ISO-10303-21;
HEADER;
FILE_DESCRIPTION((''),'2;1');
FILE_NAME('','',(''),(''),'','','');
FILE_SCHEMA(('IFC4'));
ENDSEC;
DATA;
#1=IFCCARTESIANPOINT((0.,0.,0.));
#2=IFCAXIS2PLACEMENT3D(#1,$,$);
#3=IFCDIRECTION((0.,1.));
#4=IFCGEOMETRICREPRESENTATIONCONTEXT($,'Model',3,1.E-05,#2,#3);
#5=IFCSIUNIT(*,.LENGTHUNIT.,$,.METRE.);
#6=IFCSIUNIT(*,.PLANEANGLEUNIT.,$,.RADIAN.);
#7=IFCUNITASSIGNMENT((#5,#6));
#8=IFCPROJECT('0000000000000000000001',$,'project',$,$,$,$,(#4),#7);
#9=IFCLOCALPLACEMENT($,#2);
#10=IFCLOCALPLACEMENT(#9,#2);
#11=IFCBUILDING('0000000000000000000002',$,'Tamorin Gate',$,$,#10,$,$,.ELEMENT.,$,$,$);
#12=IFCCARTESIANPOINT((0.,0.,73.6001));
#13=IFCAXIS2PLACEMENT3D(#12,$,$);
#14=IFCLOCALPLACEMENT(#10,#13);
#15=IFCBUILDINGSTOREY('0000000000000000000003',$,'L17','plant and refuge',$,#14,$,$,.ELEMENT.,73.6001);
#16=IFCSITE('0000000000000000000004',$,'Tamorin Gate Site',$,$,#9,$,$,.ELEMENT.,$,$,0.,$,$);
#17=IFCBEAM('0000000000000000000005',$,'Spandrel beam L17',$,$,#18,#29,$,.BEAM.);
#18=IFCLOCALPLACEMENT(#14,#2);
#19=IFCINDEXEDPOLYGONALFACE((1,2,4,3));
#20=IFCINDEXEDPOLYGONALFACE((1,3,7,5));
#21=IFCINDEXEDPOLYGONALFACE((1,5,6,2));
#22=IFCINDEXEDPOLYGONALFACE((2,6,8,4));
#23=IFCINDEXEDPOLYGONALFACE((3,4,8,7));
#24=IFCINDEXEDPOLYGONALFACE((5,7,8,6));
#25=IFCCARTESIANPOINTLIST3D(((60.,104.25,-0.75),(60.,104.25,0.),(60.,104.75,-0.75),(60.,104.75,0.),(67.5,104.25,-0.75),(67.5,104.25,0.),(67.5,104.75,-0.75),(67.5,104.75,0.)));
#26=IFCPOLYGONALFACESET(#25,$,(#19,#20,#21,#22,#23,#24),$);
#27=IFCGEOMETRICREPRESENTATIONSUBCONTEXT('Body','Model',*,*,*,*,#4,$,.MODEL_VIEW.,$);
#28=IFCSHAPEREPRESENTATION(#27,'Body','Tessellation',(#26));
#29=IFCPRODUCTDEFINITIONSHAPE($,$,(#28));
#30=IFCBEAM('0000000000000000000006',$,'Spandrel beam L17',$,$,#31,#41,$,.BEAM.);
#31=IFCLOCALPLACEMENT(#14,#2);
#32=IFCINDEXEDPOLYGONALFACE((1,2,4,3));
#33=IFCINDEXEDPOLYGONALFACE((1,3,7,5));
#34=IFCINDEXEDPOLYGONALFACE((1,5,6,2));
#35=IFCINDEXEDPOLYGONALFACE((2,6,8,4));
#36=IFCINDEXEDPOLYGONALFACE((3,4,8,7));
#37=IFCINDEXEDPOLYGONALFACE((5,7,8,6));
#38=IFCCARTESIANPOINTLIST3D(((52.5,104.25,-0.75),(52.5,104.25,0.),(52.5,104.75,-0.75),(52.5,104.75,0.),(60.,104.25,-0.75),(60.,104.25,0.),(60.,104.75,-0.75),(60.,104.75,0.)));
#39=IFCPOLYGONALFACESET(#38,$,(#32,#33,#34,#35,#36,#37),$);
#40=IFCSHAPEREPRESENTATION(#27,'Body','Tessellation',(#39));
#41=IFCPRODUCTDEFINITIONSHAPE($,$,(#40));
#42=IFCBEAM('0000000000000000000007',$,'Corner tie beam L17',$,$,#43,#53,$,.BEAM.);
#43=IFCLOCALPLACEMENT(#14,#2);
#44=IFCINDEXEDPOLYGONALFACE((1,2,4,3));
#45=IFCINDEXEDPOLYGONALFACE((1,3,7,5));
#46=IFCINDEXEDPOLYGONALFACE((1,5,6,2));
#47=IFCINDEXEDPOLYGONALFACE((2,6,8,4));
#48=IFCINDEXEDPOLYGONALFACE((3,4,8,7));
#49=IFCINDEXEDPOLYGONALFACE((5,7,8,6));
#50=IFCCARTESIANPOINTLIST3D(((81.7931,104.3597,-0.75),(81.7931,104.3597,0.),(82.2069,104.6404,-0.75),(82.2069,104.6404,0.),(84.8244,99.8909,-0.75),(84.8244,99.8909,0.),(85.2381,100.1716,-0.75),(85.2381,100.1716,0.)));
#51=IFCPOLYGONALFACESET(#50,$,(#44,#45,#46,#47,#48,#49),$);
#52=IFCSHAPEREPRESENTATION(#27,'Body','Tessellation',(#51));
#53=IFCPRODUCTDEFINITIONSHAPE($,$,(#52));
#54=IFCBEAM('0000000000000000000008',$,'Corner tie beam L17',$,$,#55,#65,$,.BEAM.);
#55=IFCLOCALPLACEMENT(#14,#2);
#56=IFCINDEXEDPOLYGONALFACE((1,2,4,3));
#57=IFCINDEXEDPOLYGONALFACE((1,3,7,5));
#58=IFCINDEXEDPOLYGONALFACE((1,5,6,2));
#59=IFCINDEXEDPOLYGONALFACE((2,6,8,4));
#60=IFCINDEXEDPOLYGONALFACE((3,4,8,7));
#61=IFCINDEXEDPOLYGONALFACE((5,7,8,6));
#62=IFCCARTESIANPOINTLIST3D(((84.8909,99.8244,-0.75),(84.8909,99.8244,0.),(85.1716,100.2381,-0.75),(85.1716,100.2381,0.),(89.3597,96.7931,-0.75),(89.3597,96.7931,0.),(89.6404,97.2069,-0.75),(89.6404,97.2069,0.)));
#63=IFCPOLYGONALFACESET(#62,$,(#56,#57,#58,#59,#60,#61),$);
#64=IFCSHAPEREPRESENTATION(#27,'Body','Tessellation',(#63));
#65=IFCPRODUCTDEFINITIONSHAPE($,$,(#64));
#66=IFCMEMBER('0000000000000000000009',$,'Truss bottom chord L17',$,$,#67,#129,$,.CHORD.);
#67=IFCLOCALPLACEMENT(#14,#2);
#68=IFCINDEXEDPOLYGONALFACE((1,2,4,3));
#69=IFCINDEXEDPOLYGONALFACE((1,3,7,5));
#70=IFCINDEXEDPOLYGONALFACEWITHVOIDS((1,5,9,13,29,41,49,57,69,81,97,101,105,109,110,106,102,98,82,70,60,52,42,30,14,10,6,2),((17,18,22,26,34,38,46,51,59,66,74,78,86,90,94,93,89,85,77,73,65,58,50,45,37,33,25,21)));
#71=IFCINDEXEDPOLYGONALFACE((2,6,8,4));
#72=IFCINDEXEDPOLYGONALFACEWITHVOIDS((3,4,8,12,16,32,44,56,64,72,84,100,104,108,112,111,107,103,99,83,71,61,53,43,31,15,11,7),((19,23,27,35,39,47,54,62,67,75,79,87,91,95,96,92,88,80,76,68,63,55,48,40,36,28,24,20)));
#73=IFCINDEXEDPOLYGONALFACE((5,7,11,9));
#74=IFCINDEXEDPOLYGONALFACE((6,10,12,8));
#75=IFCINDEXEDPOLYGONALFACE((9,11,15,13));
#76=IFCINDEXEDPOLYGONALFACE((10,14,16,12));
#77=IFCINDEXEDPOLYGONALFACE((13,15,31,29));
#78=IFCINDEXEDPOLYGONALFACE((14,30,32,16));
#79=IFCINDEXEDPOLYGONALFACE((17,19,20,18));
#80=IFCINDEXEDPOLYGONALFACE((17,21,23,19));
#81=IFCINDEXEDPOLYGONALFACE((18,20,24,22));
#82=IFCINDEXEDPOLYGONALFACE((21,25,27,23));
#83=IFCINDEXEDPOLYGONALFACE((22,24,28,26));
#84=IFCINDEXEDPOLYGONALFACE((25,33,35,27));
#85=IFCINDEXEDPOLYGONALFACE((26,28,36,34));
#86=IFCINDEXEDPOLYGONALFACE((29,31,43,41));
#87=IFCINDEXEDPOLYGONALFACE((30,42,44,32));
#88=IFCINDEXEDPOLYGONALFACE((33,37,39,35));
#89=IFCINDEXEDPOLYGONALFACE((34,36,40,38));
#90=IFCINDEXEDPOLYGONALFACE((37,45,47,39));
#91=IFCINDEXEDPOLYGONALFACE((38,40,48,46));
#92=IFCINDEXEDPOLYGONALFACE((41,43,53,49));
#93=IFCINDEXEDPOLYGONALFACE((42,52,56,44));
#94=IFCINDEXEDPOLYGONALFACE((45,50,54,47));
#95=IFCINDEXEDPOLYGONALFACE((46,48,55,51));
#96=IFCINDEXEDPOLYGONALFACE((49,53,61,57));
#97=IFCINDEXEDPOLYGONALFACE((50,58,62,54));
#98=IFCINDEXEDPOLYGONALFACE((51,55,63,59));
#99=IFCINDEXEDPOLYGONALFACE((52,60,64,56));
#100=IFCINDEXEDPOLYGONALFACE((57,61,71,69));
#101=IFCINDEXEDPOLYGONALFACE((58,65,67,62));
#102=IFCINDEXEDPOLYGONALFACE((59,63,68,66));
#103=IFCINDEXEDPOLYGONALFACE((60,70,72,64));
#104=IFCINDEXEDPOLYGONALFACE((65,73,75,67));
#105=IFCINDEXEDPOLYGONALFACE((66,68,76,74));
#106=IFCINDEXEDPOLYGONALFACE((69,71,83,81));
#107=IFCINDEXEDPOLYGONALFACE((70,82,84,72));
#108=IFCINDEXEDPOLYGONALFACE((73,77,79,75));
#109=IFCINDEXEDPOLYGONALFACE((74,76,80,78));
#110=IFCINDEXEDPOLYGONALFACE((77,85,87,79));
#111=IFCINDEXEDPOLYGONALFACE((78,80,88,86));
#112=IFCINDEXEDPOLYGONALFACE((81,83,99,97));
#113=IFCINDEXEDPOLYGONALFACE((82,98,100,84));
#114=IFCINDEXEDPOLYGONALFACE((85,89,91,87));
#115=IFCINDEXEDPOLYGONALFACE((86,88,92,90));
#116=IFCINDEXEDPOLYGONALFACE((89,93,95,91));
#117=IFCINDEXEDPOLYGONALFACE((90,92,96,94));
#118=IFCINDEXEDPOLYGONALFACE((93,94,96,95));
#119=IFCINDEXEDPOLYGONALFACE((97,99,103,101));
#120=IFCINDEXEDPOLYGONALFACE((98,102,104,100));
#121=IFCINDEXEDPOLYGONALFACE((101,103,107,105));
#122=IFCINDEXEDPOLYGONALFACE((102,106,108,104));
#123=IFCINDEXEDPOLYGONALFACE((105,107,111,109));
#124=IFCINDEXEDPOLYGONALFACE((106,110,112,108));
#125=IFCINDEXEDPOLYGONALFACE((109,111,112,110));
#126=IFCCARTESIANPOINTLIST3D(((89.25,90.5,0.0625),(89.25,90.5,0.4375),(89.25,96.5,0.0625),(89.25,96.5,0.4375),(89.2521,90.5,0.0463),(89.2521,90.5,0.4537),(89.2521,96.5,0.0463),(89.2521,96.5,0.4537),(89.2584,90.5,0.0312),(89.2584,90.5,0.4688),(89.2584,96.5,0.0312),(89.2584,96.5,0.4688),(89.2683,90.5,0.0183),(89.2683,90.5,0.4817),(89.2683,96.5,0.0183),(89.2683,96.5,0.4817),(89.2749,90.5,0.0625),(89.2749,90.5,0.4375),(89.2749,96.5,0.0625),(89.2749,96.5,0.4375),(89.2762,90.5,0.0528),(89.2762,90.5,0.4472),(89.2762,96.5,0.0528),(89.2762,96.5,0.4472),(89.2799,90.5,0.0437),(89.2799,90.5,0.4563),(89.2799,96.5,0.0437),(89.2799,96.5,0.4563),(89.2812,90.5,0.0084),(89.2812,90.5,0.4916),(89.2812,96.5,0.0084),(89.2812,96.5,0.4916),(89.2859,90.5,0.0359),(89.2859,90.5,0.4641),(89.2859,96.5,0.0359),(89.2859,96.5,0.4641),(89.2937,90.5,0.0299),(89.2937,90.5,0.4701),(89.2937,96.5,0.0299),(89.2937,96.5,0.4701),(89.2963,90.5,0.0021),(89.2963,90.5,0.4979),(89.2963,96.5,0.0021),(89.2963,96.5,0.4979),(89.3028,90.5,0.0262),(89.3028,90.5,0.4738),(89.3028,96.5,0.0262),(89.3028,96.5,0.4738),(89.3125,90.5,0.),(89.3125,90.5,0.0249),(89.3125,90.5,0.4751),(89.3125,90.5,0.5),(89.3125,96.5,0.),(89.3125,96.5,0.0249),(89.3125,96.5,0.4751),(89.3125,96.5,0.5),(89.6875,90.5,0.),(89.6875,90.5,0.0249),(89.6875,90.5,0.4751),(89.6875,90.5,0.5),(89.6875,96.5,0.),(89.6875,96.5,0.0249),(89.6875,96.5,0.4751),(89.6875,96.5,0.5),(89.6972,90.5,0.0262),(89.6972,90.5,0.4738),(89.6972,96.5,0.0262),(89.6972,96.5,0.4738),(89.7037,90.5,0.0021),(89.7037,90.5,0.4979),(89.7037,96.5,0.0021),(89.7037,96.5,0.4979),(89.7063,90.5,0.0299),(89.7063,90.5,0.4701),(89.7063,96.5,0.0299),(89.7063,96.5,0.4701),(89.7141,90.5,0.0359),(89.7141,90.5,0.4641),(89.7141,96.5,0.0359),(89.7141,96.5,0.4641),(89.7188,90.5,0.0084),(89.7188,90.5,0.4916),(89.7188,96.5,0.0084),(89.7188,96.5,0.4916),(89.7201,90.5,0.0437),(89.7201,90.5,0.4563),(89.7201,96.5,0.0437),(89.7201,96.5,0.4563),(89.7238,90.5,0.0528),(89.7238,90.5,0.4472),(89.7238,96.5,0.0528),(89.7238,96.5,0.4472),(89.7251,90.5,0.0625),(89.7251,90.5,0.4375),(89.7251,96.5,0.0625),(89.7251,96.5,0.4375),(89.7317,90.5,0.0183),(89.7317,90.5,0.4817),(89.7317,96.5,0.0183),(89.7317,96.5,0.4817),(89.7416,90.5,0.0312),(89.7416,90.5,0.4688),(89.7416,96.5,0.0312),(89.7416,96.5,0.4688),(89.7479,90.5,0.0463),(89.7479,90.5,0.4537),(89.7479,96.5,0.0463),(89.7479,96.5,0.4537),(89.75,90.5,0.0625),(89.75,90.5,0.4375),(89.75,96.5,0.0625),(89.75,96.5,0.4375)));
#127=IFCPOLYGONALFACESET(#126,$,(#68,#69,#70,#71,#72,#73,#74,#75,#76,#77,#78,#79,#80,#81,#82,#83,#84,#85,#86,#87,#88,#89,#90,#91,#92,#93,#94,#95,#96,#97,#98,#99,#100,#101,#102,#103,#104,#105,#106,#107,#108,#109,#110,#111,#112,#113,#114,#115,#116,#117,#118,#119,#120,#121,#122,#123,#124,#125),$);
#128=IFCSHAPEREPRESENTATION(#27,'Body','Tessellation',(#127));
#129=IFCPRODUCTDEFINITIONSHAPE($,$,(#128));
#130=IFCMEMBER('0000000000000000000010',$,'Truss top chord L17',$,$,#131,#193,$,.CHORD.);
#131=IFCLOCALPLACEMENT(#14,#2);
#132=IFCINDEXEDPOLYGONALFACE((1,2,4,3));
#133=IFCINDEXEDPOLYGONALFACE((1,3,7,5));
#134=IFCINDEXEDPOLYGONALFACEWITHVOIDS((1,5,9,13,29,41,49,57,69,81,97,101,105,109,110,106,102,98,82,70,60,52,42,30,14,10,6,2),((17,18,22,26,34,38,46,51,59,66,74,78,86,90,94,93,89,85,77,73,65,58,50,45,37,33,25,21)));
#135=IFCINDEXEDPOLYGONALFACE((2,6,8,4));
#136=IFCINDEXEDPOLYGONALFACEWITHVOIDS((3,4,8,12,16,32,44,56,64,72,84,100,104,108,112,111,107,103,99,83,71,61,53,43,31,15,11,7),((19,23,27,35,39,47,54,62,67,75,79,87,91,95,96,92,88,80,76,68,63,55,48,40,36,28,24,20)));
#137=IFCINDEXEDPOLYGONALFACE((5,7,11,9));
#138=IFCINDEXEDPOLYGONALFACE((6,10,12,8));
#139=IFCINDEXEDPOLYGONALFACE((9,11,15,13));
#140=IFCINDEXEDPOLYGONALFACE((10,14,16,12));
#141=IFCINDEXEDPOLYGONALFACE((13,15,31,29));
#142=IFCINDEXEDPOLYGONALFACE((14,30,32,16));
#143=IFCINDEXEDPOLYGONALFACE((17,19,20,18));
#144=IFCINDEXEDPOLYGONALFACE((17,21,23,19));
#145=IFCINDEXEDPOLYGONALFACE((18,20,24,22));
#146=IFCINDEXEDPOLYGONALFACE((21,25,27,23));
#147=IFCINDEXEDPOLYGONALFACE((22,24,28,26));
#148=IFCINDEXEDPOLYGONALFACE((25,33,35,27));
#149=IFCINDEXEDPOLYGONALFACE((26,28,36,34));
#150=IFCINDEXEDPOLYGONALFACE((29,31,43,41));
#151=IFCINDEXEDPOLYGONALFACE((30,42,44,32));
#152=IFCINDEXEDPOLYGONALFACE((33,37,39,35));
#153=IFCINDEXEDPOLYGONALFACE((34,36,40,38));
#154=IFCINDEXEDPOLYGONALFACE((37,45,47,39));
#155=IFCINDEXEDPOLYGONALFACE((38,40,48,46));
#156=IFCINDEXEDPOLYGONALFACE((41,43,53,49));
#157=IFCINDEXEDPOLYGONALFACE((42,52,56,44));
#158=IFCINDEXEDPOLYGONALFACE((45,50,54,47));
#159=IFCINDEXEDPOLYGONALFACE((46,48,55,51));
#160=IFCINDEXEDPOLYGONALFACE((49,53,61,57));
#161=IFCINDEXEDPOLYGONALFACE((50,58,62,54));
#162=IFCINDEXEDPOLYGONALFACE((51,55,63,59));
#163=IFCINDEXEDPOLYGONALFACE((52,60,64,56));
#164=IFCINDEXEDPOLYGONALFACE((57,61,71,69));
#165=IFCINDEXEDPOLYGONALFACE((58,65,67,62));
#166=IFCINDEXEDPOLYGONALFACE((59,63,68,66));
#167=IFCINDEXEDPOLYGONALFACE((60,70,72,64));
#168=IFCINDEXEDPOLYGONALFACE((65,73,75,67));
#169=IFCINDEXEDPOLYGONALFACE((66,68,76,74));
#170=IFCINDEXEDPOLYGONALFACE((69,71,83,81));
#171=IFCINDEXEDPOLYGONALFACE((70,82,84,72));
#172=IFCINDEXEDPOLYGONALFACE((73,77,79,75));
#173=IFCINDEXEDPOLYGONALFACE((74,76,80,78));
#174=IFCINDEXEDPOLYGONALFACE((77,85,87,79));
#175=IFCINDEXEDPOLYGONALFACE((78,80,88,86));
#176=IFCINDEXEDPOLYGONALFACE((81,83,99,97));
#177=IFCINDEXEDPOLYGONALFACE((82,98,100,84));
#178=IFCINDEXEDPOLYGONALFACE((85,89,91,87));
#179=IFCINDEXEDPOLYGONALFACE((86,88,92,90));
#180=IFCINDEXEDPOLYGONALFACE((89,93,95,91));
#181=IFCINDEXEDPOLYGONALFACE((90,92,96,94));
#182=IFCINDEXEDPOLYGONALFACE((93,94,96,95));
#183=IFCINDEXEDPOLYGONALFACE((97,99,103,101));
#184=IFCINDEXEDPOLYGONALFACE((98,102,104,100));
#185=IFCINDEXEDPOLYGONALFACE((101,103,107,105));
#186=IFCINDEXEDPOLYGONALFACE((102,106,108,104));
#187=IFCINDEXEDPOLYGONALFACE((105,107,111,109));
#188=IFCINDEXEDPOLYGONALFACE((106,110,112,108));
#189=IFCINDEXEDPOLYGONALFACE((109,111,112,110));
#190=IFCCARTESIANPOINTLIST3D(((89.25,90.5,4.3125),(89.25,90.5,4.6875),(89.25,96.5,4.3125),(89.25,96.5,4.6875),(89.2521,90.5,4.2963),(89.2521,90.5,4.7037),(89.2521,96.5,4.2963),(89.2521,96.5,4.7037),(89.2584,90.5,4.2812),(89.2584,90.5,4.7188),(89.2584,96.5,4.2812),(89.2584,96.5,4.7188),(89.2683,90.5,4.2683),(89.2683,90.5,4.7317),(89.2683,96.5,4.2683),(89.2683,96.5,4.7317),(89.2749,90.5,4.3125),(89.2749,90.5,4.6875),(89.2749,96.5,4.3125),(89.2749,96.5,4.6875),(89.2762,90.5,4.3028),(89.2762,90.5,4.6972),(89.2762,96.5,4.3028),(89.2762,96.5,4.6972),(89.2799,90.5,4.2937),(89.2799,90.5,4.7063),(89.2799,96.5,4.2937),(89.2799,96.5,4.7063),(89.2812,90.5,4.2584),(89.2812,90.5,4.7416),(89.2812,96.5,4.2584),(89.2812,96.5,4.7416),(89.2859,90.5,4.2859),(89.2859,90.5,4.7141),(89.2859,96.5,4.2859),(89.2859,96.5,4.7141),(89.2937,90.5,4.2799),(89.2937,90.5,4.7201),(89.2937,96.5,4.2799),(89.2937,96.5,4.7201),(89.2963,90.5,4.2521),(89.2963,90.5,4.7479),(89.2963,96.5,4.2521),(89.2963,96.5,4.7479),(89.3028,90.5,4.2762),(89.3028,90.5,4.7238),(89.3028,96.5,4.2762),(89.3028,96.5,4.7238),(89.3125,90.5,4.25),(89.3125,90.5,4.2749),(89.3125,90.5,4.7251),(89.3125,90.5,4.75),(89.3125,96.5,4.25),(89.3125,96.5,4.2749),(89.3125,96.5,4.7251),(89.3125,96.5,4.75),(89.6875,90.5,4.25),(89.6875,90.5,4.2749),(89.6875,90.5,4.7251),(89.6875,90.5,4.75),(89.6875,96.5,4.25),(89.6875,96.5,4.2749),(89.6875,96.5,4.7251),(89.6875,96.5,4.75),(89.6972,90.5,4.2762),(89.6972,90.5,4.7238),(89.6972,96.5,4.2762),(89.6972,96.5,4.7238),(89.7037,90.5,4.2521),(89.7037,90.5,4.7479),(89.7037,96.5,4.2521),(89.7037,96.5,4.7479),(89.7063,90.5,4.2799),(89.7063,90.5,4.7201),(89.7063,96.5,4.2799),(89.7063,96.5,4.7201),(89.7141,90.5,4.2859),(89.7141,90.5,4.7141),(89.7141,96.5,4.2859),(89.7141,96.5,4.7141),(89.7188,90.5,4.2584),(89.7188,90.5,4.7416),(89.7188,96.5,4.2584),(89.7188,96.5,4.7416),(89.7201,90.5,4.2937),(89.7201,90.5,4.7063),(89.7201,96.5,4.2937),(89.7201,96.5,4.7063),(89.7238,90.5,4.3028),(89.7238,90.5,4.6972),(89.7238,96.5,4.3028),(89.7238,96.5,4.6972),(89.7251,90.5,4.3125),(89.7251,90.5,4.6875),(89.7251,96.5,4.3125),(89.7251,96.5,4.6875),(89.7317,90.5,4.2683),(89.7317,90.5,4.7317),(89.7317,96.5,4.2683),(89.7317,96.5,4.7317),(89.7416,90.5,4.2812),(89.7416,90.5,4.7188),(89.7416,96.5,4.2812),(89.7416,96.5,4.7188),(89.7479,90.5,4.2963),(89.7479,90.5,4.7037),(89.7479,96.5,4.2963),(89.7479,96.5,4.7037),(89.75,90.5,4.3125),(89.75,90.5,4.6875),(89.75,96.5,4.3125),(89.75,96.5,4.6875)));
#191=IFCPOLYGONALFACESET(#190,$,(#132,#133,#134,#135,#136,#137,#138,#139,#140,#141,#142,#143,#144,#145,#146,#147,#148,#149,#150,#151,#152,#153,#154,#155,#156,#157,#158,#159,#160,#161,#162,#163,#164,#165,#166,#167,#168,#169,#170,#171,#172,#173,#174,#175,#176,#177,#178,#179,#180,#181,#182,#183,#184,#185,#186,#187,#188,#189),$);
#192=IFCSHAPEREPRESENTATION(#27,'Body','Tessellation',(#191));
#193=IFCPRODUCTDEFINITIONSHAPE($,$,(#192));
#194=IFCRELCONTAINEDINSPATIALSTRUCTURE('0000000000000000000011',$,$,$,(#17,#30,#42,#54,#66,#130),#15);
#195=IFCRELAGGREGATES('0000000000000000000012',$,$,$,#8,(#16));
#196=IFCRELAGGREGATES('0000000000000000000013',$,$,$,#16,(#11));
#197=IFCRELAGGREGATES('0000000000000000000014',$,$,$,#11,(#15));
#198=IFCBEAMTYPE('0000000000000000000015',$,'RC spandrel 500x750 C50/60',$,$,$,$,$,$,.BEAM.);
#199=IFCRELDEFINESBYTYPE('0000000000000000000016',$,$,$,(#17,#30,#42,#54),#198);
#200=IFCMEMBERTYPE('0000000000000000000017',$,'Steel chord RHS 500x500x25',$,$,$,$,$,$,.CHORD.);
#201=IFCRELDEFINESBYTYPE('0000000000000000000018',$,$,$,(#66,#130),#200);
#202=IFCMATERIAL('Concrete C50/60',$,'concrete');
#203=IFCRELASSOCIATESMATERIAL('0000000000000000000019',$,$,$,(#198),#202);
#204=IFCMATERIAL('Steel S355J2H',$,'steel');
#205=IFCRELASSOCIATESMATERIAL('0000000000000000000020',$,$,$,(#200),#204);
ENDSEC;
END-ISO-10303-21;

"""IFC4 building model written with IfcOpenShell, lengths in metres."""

from ifc_helpers import new_model, si_unit, direction, frame, origin, origin_2d, place, context, subcontext, project, spatial, rectangle, hollow_rectangle, extrude, material, material_profile, profile_set, type_object, element, save


model = new_model("IFC4")

# Units and contexts
model_context = context("Model", 3, precision=1e-05, world=origin(), true_north=direction((0.0, 1.0)))
body_context = subcontext(model_context, "Body", "Model", "MODEL_VIEW")
ifc_project = project(units=[si_unit("LENGTHUNIT", "METRE"), si_unit("PLANEANGLEUNIT", "RADIAN")], contexts=[model_context])

# Site, building, storey
site_placement = place(None, origin())
site = spatial("IfcSite", under=ifc_project, at=site_placement, Name="Tamorin Gate Site", CompositionType="ELEMENT", RefElevation=0.0)
building_placement = place(site_placement, origin())
building = spatial("IfcBuilding", under=site, at=building_placement, Name="Tamorin Gate", CompositionType="ELEMENT")
storey_placement = place(building_placement, frame((0.0, 0.0, 73.6001)))
storey = spatial("IfcBuildingStorey", under=building, at=storey_placement, Name="L17", Description="plant and refuge", CompositionType="ELEMENT", Elevation=73.6001)

# Beams
ifc_material_1 = material(Name="Concrete C50/60", Category="concrete")
ifc_material_profile_1 = material_profile(ifc_material_1, rectangle(XDim=0.5, YDim=0.75, at=origin_2d()), Name="RC 500x750")
ifc_profile_set_1 = profile_set([ifc_material_profile_1], Name="Concrete C50/60")
beam_type = type_object("IfcBeamType", Name="RC spandrel 500x750 C50/60", PredefinedType="BEAM", material=ifc_profile_set_1)
for number, where, z_axis, x_axis, name in (
    (1, (67.5, 104.5, -0.375), (-1.0, 0.0, 0.0), (0.0, -1.0, 0.0), "Spandrel beam L17"),
    (2, (60.0, 104.5, -0.375), (-1.0, 0.0, 0.0), (0.0, -1.0, 0.0), "Spandrel beam L17"),
):
    element("IfcBeam", number, at=place(storey_placement, frame(where, z_axis=z_axis, x_axis=x_axis)), inside=storey, type_object=beam_type, Name=name, PredefinedType="BEAM", context=body_context, shape_type="SweptSolid", body=[
        extrude(rectangle(XDim=0.5, YDim=0.75, at=origin_2d()), origin(), (0.0, 0.0, 1.0), 7.5),
    ])
for number, where, z_axis, x_axis, name in (
    (3, (85.0312, 100.0312, -0.375), (-0.56136, 0.827572, 0.0), (-0.827572, -0.56136, 0.0), "Corner tie beam L17"),
    (4, (85.0312, 100.0312, -0.375), (0.827572, -0.56136, 0.0), (0.56136, 0.827572, 0.0), "Corner tie beam L17"),
):
    element("IfcBeam", number, at=place(storey_placement, frame(where, z_axis=z_axis, x_axis=x_axis)), inside=storey, type_object=beam_type, Name=name, PredefinedType="BEAM", context=body_context, shape_type="SweptSolid", body=[
        extrude(rectangle(XDim=0.5, YDim=0.75, at=origin_2d()), origin(), (0.0, 0.0, 1.0), 5.3999),
    ])

# Members
ifc_material_2 = material(Name="Steel S355J2H", Category="steel")
ifc_material_profile_2 = material_profile(ifc_material_2, hollow_rectangle(XDim=0.5, YDim=0.5, WallThickness=0.0249, InnerFilletRadius=0.0376, OuterFilletRadius=0.0625, at=origin_2d()), Name="RHS 500x500x25")
ifc_profile_set_2 = profile_set([ifc_material_profile_2], Name="Steel S355J2H")
member_type_1 = type_object("IfcMemberType", Name="Steel chord RHS 500x500x25", PredefinedType="CHORD", material=ifc_profile_set_2)
for number, where, z_axis, x_axis, name in (
    (5, (89.5, 90.5, 0.25), (0.0, 1.0, 0.0), (-1.0, 0.0, 0.0), "Truss bottom chord L17"),
    (6, (89.5, 90.5, 4.5), (0.0, 1.0, 0.0), (-1.0, 0.0, 0.0), "Truss top chord L17"),
):
    element("IfcMember", number, at=place(storey_placement, frame(where, z_axis=z_axis, x_axis=x_axis)), inside=storey, type_object=member_type_1, Name=name, PredefinedType="CHORD", context=body_context, shape_type="SweptSolid", body=[
        extrude(hollow_rectangle(XDim=0.5, YDim=0.5, WallThickness=0.0249, InnerFilletRadius=0.0376, OuterFilletRadius=0.0625, at=origin_2d()), origin(), (0.0, 0.0, 1.0), 6.0),
    ])

save(model, "model.ifc")
